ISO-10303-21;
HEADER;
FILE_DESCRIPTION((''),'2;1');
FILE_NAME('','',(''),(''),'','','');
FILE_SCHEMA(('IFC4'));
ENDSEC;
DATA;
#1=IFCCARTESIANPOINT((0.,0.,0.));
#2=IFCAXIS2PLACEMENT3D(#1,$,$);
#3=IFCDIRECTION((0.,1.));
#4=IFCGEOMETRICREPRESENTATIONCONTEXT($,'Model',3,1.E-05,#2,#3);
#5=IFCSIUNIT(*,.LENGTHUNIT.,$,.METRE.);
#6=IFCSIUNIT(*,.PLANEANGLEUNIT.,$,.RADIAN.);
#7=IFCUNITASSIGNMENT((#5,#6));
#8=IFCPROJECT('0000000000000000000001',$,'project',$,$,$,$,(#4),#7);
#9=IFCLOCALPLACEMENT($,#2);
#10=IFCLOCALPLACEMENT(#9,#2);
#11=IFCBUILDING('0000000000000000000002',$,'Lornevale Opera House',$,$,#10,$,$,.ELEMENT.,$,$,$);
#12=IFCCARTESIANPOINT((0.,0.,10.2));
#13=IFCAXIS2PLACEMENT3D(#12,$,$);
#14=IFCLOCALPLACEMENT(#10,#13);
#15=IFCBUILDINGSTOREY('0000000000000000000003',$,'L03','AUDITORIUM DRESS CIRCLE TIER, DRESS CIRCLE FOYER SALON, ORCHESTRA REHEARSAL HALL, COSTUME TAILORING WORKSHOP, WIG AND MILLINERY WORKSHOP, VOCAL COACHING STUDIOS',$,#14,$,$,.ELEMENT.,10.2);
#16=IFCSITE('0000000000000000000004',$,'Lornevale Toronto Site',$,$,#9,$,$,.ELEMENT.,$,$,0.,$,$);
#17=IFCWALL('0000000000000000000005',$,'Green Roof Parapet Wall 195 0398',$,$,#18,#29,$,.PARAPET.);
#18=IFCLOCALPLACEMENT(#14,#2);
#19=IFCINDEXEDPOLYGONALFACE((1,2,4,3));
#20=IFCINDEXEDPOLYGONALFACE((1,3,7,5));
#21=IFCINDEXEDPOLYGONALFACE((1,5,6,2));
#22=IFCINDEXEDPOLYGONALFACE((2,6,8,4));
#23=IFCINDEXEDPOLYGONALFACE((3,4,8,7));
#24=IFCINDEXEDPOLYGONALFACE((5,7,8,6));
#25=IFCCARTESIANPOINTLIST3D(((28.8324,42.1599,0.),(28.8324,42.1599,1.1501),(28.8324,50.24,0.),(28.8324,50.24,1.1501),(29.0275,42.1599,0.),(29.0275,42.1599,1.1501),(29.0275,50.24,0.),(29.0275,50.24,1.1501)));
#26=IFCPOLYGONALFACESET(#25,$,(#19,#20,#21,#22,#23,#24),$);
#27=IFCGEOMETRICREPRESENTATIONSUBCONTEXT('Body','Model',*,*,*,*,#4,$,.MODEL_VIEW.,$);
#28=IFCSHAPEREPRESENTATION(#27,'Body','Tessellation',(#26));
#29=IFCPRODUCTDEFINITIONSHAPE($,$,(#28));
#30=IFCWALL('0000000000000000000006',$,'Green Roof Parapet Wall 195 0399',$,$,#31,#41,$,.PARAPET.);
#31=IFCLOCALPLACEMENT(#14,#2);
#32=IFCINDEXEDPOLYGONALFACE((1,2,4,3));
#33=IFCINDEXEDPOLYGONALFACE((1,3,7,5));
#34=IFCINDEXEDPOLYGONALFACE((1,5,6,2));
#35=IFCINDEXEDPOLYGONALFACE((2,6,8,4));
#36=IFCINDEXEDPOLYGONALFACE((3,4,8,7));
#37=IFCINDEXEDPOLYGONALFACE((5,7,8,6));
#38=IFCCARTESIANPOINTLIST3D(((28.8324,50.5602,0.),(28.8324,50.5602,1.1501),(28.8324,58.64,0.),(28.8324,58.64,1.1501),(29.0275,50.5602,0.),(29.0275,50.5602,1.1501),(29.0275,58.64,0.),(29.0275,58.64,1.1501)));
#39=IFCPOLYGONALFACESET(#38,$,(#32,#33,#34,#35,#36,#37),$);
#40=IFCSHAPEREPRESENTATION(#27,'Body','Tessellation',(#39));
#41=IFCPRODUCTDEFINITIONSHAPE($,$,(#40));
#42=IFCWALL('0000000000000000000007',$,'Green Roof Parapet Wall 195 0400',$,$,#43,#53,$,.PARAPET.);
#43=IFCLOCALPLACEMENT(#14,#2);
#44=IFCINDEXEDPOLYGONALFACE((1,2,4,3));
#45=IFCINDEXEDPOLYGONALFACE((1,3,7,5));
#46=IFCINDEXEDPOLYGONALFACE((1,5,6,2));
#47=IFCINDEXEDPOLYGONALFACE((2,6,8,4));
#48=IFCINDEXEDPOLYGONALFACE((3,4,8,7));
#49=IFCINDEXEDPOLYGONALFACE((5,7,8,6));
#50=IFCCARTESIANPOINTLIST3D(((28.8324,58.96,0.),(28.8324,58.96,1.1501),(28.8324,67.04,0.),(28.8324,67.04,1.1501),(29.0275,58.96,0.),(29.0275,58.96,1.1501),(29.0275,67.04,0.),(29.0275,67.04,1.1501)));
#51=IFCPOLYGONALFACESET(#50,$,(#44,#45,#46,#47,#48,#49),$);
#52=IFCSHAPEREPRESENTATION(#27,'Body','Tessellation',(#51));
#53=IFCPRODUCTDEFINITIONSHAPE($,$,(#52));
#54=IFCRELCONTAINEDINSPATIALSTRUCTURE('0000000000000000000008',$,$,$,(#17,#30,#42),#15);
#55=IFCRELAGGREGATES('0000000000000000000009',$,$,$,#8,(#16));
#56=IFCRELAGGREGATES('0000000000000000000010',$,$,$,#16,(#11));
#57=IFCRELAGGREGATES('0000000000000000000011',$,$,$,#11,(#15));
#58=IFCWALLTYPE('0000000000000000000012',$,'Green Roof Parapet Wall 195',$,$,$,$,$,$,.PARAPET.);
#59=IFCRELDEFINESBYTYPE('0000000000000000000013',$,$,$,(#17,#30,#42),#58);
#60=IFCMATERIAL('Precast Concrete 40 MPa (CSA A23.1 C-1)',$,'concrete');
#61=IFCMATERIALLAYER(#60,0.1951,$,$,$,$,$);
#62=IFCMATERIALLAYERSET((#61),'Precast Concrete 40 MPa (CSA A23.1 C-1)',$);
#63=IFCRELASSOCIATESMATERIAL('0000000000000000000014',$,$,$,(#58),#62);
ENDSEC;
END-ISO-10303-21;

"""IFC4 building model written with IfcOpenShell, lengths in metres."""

from ifc_helpers import new_model, si_unit, direction, frame, frame_2d, origin, place, context, subcontext, project, spatial, rectangle, extrude, material, layer, layer_set, type_object, element, save


model = new_model("IFC4")

# Units and contexts
model_context = context("Model", 3, precision=1e-05, world=origin(), true_north=direction((0.0, 1.0)))
body_context = subcontext(model_context, "Body", "Model", "MODEL_VIEW")
ifc_project = project(units=[si_unit("LENGTHUNIT", "METRE"), si_unit("PLANEANGLEUNIT", "RADIAN")], contexts=[model_context])

# Site, building, storey
site_placement = place(None, origin())
site = spatial("IfcSite", under=ifc_project, at=site_placement, Name="Lornevale Toronto Site", CompositionType="ELEMENT", RefElevation=0.0)
building_placement = place(site_placement, origin())
building = spatial("IfcBuilding", under=site, at=building_placement, Name="Lornevale Opera House", CompositionType="ELEMENT")
storey_placement = place(building_placement, frame((0.0, 0.0, 10.2)))
storey = spatial("IfcBuildingStorey", under=building, at=storey_placement, Name="L03", Description="AUDITORIUM DRESS CIRCLE TIER, DRESS CIRCLE FOYER SALON, ORCHESTRA REHEARSAL HALL, COSTUME TAILORING WORKSHOP, WIG AND MILLINERY WORKSHOP, VOCAL COACHING STUDIOS", CompositionType="ELEMENT", Elevation=10.2)

# Walls
ifc_material_1 = material(Name="Precast Concrete 40 MPa (CSA A23.1 C-1)", Category="concrete")
ifc_layer_1 = layer(ifc_material_1, 0.1951)
ifc_layer_set_1 = layer_set([ifc_layer_1], Name="Precast Concrete 40 MPa (CSA A23.1 C-1)")
wall_type = type_object("IfcWallType", Name="Green Roof Parapet Wall 195", PredefinedType="PARAPET", material=ifc_layer_set_1)
wall_1_placement = place(storey_placement, frame((28.9299, 42.1599, 0.0), z_axis=(0.0, 0.0, 1.0), x_axis=(0.0, 1.0, 0.0)))
element("IfcWall", 1, at=wall_1_placement, inside=storey, type_object=wall_type, Name="Green Roof Parapet Wall 195 0398", PredefinedType="PARAPET", context=body_context, shape_type="SweptSolid", body=[
    extrude(rectangle(XDim=8.0801, YDim=0.1951, at=frame_2d((4.04, 0.0))), origin(), (0.0, 0.0, 1.0), 1.1501),
])
wall_2_placement = place(storey_placement, frame((28.9299, 50.5601, 0.0), z_axis=(0.0, 0.0, 1.0), x_axis=(0.0, 1.0, 0.0)))
element("IfcWall", 2, at=wall_2_placement, inside=storey, type_object=wall_type, Name="Green Roof Parapet Wall 195 0399", PredefinedType="PARAPET", context=body_context, shape_type="SweptSolid", body=[
    extrude(rectangle(XDim=8.0798, YDim=0.1951, at=frame_2d((4.04, 0.0))), origin(), (0.0, 0.0, 1.0), 1.1501),
])
wall_3_placement = place(storey_placement, frame((28.9299, 58.96, 0.0), z_axis=(0.0, 0.0, 1.0), x_axis=(0.0, 1.0, 0.0)))
element("IfcWall", 3, at=wall_3_placement, inside=storey, type_object=wall_type, Name="Green Roof Parapet Wall 195 0400", PredefinedType="PARAPET", context=body_context, shape_type="SweptSolid", body=[
    extrude(rectangle(XDim=8.0801, YDim=0.1951, at=frame_2d((4.04, 0.0))), origin(), (0.0, 0.0, 1.0), 1.1501),
])

save(model, "model.ifc")
